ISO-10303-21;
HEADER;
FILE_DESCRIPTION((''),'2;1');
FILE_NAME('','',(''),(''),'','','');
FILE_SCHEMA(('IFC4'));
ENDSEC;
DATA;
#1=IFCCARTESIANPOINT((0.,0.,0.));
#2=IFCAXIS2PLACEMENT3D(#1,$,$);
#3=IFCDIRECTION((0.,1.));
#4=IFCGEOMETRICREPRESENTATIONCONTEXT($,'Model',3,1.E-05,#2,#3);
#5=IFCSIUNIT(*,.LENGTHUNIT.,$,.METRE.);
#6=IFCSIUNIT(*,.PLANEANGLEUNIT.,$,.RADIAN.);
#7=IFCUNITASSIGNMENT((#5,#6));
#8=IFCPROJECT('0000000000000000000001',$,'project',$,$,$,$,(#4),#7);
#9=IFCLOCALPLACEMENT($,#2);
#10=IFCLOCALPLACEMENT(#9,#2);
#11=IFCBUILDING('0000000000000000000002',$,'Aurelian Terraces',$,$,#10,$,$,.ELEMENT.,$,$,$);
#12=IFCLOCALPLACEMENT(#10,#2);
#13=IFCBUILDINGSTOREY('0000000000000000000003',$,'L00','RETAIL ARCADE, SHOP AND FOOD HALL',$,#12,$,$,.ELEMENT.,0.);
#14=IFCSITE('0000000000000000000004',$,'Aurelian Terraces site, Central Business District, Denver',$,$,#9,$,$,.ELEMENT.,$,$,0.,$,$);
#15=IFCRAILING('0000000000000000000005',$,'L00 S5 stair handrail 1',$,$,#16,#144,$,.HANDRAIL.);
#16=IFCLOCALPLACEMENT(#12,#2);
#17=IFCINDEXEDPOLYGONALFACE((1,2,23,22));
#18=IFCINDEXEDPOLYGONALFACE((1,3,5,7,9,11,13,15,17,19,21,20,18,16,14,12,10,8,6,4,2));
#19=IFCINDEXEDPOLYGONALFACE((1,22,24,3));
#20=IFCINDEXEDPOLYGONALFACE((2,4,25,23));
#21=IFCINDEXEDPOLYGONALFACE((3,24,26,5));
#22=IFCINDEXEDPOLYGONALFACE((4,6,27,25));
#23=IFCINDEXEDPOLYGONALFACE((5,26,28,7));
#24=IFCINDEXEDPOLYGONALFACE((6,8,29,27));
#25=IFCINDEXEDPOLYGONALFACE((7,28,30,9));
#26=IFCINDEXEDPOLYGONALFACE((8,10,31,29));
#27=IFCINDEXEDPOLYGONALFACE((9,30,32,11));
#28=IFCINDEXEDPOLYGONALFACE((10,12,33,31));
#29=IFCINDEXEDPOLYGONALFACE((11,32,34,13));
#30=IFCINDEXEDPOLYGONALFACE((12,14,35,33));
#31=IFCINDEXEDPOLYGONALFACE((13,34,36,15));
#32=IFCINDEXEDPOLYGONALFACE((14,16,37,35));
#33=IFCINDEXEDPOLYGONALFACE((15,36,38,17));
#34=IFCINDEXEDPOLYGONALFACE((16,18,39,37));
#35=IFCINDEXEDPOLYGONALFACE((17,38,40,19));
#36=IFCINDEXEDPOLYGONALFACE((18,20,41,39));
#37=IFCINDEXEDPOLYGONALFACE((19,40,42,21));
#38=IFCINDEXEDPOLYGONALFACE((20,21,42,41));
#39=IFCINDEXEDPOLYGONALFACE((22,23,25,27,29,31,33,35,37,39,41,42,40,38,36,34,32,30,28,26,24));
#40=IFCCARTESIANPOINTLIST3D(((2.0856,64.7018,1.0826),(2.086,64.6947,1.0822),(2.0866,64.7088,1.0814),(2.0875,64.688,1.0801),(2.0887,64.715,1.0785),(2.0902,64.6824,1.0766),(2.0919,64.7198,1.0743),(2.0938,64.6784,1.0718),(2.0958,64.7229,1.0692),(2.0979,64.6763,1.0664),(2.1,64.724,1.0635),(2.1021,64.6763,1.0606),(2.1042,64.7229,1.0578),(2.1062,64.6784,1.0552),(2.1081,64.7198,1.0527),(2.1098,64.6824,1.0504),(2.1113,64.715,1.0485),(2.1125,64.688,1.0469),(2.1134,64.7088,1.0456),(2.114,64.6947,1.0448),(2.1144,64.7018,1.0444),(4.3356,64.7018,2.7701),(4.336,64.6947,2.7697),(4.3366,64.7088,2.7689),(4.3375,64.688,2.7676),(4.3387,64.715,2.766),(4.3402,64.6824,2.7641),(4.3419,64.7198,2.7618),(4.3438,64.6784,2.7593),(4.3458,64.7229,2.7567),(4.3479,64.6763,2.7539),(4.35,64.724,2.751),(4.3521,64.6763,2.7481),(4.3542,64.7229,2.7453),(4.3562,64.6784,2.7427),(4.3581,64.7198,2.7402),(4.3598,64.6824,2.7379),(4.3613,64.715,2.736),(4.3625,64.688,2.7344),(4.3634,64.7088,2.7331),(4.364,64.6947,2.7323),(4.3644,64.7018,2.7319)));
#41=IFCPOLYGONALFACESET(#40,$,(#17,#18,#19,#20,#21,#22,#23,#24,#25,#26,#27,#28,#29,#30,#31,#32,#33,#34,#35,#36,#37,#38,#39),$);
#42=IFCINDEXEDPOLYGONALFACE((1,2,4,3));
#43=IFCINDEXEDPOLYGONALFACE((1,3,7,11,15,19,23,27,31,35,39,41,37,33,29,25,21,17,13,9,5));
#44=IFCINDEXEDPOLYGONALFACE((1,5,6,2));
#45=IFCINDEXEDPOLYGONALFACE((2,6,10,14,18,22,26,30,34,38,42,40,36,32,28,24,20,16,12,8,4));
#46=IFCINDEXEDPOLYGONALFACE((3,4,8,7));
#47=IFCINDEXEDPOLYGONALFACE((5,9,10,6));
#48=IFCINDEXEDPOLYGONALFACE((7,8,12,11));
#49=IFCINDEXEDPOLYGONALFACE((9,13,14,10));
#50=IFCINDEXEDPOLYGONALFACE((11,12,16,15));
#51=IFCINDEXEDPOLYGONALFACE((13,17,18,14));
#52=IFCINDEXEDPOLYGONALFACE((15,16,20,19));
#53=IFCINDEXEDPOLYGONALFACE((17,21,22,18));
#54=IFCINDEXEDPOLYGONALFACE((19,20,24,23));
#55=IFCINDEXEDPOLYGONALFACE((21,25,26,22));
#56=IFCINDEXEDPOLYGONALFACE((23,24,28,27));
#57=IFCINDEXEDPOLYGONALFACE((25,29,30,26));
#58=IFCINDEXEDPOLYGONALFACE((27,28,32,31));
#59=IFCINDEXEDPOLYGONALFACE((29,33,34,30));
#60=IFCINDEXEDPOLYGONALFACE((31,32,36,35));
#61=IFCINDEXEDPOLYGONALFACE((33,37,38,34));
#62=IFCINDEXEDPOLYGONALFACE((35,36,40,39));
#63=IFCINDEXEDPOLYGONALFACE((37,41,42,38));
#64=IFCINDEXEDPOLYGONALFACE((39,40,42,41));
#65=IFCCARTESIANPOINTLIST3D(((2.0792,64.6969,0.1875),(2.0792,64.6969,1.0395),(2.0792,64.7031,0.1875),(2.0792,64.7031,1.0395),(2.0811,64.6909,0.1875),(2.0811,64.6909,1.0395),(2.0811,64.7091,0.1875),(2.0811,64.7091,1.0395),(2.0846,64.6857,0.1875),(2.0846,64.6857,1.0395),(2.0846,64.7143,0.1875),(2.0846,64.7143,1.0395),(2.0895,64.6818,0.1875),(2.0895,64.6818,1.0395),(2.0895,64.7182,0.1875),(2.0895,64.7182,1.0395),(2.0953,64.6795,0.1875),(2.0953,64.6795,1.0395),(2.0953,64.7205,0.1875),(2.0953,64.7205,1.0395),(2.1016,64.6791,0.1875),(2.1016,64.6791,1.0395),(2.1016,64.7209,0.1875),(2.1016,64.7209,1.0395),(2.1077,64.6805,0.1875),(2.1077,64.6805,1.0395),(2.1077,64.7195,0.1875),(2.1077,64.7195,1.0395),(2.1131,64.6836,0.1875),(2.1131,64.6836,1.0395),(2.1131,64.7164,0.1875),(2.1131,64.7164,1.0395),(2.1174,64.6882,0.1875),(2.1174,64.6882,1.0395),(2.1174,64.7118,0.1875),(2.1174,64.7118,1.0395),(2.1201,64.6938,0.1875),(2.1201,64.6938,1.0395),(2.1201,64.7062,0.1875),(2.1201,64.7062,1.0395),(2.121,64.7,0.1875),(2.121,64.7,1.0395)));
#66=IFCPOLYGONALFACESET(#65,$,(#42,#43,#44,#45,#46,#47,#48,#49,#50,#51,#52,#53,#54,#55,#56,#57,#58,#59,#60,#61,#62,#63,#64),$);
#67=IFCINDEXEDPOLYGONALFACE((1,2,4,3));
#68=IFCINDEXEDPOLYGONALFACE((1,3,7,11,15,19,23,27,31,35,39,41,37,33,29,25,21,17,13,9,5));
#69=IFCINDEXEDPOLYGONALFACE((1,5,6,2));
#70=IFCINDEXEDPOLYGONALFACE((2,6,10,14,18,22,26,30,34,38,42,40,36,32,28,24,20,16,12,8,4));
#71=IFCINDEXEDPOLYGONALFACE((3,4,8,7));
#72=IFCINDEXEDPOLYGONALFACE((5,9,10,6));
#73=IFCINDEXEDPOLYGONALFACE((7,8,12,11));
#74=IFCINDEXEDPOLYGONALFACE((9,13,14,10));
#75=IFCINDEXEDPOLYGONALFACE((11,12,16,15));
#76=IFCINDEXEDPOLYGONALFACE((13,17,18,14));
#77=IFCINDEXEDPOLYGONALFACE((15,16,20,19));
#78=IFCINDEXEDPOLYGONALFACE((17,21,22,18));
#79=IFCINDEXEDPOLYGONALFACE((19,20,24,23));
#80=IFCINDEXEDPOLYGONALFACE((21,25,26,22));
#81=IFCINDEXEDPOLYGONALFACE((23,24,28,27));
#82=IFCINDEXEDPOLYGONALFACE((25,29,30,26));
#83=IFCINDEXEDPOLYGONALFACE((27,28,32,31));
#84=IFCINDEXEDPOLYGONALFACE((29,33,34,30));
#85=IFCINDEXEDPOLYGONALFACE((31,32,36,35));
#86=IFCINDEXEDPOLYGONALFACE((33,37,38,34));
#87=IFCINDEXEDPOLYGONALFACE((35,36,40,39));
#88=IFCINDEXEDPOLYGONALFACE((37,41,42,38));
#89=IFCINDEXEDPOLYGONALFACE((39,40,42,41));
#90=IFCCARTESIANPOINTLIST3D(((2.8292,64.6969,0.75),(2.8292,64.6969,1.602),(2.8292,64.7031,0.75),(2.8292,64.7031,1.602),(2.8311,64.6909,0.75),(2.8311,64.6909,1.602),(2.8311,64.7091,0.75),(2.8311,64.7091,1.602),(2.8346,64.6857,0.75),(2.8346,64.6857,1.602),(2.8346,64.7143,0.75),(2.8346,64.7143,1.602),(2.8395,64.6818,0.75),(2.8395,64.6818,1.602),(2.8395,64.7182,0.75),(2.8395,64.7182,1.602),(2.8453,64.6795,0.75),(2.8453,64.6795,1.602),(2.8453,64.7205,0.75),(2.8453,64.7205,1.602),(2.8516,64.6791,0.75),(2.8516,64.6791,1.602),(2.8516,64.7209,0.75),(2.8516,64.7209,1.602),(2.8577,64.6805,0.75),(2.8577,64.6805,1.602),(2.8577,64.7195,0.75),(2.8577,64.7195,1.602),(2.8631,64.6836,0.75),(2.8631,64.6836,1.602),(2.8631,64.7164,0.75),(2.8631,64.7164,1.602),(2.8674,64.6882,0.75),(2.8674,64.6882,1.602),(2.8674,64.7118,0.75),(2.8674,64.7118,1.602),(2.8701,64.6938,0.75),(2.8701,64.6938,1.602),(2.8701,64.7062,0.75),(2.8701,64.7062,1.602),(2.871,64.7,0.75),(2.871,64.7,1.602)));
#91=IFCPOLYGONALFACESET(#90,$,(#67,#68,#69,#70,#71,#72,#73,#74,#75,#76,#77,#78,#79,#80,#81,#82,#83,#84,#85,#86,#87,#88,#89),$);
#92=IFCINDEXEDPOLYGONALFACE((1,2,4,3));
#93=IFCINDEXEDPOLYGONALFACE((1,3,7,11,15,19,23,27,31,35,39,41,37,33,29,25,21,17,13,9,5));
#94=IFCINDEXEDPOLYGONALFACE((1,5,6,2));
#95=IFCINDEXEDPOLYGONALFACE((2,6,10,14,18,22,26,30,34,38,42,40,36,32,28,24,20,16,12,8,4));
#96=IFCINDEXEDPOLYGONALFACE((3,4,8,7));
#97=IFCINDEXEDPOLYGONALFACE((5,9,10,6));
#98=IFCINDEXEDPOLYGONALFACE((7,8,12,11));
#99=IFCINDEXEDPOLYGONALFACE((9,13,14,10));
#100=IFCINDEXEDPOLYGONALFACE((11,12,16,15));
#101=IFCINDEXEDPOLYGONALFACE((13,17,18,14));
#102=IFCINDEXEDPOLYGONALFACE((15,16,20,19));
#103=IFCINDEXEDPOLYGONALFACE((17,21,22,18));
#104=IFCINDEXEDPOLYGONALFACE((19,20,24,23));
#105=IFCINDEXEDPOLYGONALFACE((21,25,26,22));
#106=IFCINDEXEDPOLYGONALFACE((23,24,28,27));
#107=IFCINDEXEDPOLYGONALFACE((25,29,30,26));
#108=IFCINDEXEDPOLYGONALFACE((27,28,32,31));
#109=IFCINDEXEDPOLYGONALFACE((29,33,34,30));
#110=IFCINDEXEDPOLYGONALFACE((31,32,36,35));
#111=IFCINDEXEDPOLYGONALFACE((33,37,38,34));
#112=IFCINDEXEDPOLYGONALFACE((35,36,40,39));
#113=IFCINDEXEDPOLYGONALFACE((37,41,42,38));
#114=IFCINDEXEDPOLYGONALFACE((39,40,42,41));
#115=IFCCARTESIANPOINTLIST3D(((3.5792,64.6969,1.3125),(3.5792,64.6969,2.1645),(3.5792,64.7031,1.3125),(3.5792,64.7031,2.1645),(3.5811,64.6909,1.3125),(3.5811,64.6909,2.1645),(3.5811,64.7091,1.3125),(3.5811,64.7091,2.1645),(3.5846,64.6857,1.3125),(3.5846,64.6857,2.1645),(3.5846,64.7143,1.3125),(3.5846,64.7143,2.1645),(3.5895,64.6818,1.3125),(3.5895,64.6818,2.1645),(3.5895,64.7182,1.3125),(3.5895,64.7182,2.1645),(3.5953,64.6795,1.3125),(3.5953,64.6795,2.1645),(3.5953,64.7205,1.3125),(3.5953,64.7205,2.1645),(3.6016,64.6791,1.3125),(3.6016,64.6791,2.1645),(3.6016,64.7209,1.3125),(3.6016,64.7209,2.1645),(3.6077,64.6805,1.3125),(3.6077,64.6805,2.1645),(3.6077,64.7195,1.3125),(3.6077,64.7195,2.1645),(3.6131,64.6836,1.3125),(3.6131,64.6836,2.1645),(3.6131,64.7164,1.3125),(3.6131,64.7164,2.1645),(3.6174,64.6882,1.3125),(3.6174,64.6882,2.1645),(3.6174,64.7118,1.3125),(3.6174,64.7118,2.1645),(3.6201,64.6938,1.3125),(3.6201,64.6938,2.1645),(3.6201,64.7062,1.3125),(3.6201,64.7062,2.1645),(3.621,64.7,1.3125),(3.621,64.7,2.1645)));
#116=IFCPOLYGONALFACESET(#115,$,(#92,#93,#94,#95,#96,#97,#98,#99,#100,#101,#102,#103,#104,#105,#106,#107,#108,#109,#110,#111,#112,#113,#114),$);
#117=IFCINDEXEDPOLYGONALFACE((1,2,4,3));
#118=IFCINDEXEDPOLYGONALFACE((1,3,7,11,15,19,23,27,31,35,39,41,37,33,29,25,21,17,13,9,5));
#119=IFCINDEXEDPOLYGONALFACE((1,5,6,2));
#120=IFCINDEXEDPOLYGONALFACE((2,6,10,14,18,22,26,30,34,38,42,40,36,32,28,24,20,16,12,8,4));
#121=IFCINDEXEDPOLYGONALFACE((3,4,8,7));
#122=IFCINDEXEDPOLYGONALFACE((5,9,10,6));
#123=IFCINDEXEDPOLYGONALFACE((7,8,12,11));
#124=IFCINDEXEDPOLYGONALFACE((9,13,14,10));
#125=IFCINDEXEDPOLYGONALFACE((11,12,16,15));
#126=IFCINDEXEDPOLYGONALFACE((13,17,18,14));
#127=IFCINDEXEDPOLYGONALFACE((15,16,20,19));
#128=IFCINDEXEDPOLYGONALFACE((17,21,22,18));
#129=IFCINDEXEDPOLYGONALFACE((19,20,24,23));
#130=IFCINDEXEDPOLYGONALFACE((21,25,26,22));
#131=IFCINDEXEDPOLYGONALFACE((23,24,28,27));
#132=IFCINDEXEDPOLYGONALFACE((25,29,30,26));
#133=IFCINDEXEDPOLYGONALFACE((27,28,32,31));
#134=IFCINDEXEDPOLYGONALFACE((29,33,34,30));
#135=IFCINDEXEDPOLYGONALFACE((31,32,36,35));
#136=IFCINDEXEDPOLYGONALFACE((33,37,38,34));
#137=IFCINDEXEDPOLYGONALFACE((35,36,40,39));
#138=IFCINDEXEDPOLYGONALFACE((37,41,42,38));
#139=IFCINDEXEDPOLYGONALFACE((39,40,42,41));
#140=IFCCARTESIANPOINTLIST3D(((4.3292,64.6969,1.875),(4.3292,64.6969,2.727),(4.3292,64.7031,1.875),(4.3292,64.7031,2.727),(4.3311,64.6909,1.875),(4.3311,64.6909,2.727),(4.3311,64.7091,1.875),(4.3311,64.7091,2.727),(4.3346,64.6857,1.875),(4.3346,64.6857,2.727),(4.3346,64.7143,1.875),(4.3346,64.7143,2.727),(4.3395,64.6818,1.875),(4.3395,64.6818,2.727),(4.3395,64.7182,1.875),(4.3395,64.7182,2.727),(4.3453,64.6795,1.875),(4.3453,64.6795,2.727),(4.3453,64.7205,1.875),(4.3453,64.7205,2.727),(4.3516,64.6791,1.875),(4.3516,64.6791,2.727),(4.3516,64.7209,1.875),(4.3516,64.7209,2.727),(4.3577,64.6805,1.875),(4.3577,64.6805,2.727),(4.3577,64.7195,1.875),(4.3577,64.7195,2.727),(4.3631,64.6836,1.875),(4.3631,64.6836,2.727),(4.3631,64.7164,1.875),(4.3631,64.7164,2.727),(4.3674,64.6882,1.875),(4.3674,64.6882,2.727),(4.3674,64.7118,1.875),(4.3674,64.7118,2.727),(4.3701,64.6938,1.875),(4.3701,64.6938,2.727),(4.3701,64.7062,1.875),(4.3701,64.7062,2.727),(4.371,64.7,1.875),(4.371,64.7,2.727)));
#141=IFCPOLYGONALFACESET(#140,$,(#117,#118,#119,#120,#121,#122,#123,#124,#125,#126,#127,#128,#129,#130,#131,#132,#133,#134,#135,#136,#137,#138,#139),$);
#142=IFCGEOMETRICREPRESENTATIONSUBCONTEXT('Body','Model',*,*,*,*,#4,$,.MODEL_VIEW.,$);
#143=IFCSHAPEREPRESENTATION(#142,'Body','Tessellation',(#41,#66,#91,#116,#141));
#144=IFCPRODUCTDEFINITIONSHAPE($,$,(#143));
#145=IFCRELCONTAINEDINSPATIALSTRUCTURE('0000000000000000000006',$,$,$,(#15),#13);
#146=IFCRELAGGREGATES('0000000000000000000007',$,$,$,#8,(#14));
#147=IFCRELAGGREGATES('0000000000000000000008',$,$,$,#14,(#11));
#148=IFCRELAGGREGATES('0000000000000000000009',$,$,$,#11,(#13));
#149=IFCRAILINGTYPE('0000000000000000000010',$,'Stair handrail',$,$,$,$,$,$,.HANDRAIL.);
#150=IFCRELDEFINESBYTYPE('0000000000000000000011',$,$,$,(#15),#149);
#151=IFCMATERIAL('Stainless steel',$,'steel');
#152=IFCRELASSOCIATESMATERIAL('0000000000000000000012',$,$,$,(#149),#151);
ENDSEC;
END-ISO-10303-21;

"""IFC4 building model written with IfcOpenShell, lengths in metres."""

from ifc_helpers import new_model, si_unit, direction, frame, origin, origin_2d, place, context, subcontext, project, spatial, circle, extrude, source, transform, mapped, material, type_object, element, save


model = new_model("IFC4")

# Units and contexts
model_context = context("Model", 3, precision=1e-05, world=origin(), true_north=direction((0.0, 1.0)))
body_context = subcontext(model_context, "Body", "Model", "MODEL_VIEW")
ifc_project = project(units=[si_unit("LENGTHUNIT", "METRE"), si_unit("PLANEANGLEUNIT", "RADIAN")], contexts=[model_context])

# Site, building, storey
site_placement = place(None, origin())
site = spatial("IfcSite", under=ifc_project, at=site_placement, Name="Aurelian Terraces site, Central Business District, Denver", CompositionType="ELEMENT", RefElevation=0.0)
building_placement = place(site_placement, origin())
building = spatial("IfcBuilding", under=site, at=building_placement, Name="Aurelian Terraces", CompositionType="ELEMENT")
storey_placement = place(building_placement, origin())
storey = spatial("IfcBuildingStorey", under=building, at=storey_placement, Name="L00", Description="RETAIL ARCADE, SHOP AND FOOD HALL", CompositionType="ELEMENT", Elevation=0.0)

# Railing
ifc_material_1 = material(Name="Stainless steel", Category="steel")
railing_type_1 = type_object("IfcRailingType", Name="Stair handrail", PredefinedType="HANDRAIL", material=ifc_material_1)
shared_shape_1 = source(origin(), body_context, "Body", "SweptSolid", [
    extrude(circle(Radius=0.024, at=origin_2d()), frame((0.0, 0.0, 0.876), z_axis=(0.8, 0.0, 0.6), x_axis=(0.0, 1.0, 0.0)), (0.0, 0.0, 1.0), 2.8125),
    extrude(circle(Radius=0.021, at=origin_2d()), origin(), (0.0, 0.0, 1.0), 0.852),
    extrude(circle(Radius=0.021, at=origin_2d()), frame((0.75, 0.0, 0.5625)), (0.0, 0.0, 1.0), 0.852),
    extrude(circle(Radius=0.021, at=origin_2d()), frame((1.5, 0.0, 1.125)), (0.0, 0.0, 1.0), 0.852),
    extrude(circle(Radius=0.021, at=origin_2d()), frame((2.25, 0.0, 1.6875)), (0.0, 0.0, 1.0), 0.852),
])
for number, where, name in (
    (1, (2.1, 64.7, 0.1875), "L00 S5 stair handrail 1"),
):
    element("IfcRailing", number, at=place(storey_placement, frame(where)), inside=storey, type_object=railing_type_1, Name=name, PredefinedType="HANDRAIL", context=body_context, shape_type="MappedRepresentation", body=[
        mapped(shared_shape_1, transform((0.0, 0.0, 0.0), scale=1.0)),
    ])

save(model, "model.ifc")
